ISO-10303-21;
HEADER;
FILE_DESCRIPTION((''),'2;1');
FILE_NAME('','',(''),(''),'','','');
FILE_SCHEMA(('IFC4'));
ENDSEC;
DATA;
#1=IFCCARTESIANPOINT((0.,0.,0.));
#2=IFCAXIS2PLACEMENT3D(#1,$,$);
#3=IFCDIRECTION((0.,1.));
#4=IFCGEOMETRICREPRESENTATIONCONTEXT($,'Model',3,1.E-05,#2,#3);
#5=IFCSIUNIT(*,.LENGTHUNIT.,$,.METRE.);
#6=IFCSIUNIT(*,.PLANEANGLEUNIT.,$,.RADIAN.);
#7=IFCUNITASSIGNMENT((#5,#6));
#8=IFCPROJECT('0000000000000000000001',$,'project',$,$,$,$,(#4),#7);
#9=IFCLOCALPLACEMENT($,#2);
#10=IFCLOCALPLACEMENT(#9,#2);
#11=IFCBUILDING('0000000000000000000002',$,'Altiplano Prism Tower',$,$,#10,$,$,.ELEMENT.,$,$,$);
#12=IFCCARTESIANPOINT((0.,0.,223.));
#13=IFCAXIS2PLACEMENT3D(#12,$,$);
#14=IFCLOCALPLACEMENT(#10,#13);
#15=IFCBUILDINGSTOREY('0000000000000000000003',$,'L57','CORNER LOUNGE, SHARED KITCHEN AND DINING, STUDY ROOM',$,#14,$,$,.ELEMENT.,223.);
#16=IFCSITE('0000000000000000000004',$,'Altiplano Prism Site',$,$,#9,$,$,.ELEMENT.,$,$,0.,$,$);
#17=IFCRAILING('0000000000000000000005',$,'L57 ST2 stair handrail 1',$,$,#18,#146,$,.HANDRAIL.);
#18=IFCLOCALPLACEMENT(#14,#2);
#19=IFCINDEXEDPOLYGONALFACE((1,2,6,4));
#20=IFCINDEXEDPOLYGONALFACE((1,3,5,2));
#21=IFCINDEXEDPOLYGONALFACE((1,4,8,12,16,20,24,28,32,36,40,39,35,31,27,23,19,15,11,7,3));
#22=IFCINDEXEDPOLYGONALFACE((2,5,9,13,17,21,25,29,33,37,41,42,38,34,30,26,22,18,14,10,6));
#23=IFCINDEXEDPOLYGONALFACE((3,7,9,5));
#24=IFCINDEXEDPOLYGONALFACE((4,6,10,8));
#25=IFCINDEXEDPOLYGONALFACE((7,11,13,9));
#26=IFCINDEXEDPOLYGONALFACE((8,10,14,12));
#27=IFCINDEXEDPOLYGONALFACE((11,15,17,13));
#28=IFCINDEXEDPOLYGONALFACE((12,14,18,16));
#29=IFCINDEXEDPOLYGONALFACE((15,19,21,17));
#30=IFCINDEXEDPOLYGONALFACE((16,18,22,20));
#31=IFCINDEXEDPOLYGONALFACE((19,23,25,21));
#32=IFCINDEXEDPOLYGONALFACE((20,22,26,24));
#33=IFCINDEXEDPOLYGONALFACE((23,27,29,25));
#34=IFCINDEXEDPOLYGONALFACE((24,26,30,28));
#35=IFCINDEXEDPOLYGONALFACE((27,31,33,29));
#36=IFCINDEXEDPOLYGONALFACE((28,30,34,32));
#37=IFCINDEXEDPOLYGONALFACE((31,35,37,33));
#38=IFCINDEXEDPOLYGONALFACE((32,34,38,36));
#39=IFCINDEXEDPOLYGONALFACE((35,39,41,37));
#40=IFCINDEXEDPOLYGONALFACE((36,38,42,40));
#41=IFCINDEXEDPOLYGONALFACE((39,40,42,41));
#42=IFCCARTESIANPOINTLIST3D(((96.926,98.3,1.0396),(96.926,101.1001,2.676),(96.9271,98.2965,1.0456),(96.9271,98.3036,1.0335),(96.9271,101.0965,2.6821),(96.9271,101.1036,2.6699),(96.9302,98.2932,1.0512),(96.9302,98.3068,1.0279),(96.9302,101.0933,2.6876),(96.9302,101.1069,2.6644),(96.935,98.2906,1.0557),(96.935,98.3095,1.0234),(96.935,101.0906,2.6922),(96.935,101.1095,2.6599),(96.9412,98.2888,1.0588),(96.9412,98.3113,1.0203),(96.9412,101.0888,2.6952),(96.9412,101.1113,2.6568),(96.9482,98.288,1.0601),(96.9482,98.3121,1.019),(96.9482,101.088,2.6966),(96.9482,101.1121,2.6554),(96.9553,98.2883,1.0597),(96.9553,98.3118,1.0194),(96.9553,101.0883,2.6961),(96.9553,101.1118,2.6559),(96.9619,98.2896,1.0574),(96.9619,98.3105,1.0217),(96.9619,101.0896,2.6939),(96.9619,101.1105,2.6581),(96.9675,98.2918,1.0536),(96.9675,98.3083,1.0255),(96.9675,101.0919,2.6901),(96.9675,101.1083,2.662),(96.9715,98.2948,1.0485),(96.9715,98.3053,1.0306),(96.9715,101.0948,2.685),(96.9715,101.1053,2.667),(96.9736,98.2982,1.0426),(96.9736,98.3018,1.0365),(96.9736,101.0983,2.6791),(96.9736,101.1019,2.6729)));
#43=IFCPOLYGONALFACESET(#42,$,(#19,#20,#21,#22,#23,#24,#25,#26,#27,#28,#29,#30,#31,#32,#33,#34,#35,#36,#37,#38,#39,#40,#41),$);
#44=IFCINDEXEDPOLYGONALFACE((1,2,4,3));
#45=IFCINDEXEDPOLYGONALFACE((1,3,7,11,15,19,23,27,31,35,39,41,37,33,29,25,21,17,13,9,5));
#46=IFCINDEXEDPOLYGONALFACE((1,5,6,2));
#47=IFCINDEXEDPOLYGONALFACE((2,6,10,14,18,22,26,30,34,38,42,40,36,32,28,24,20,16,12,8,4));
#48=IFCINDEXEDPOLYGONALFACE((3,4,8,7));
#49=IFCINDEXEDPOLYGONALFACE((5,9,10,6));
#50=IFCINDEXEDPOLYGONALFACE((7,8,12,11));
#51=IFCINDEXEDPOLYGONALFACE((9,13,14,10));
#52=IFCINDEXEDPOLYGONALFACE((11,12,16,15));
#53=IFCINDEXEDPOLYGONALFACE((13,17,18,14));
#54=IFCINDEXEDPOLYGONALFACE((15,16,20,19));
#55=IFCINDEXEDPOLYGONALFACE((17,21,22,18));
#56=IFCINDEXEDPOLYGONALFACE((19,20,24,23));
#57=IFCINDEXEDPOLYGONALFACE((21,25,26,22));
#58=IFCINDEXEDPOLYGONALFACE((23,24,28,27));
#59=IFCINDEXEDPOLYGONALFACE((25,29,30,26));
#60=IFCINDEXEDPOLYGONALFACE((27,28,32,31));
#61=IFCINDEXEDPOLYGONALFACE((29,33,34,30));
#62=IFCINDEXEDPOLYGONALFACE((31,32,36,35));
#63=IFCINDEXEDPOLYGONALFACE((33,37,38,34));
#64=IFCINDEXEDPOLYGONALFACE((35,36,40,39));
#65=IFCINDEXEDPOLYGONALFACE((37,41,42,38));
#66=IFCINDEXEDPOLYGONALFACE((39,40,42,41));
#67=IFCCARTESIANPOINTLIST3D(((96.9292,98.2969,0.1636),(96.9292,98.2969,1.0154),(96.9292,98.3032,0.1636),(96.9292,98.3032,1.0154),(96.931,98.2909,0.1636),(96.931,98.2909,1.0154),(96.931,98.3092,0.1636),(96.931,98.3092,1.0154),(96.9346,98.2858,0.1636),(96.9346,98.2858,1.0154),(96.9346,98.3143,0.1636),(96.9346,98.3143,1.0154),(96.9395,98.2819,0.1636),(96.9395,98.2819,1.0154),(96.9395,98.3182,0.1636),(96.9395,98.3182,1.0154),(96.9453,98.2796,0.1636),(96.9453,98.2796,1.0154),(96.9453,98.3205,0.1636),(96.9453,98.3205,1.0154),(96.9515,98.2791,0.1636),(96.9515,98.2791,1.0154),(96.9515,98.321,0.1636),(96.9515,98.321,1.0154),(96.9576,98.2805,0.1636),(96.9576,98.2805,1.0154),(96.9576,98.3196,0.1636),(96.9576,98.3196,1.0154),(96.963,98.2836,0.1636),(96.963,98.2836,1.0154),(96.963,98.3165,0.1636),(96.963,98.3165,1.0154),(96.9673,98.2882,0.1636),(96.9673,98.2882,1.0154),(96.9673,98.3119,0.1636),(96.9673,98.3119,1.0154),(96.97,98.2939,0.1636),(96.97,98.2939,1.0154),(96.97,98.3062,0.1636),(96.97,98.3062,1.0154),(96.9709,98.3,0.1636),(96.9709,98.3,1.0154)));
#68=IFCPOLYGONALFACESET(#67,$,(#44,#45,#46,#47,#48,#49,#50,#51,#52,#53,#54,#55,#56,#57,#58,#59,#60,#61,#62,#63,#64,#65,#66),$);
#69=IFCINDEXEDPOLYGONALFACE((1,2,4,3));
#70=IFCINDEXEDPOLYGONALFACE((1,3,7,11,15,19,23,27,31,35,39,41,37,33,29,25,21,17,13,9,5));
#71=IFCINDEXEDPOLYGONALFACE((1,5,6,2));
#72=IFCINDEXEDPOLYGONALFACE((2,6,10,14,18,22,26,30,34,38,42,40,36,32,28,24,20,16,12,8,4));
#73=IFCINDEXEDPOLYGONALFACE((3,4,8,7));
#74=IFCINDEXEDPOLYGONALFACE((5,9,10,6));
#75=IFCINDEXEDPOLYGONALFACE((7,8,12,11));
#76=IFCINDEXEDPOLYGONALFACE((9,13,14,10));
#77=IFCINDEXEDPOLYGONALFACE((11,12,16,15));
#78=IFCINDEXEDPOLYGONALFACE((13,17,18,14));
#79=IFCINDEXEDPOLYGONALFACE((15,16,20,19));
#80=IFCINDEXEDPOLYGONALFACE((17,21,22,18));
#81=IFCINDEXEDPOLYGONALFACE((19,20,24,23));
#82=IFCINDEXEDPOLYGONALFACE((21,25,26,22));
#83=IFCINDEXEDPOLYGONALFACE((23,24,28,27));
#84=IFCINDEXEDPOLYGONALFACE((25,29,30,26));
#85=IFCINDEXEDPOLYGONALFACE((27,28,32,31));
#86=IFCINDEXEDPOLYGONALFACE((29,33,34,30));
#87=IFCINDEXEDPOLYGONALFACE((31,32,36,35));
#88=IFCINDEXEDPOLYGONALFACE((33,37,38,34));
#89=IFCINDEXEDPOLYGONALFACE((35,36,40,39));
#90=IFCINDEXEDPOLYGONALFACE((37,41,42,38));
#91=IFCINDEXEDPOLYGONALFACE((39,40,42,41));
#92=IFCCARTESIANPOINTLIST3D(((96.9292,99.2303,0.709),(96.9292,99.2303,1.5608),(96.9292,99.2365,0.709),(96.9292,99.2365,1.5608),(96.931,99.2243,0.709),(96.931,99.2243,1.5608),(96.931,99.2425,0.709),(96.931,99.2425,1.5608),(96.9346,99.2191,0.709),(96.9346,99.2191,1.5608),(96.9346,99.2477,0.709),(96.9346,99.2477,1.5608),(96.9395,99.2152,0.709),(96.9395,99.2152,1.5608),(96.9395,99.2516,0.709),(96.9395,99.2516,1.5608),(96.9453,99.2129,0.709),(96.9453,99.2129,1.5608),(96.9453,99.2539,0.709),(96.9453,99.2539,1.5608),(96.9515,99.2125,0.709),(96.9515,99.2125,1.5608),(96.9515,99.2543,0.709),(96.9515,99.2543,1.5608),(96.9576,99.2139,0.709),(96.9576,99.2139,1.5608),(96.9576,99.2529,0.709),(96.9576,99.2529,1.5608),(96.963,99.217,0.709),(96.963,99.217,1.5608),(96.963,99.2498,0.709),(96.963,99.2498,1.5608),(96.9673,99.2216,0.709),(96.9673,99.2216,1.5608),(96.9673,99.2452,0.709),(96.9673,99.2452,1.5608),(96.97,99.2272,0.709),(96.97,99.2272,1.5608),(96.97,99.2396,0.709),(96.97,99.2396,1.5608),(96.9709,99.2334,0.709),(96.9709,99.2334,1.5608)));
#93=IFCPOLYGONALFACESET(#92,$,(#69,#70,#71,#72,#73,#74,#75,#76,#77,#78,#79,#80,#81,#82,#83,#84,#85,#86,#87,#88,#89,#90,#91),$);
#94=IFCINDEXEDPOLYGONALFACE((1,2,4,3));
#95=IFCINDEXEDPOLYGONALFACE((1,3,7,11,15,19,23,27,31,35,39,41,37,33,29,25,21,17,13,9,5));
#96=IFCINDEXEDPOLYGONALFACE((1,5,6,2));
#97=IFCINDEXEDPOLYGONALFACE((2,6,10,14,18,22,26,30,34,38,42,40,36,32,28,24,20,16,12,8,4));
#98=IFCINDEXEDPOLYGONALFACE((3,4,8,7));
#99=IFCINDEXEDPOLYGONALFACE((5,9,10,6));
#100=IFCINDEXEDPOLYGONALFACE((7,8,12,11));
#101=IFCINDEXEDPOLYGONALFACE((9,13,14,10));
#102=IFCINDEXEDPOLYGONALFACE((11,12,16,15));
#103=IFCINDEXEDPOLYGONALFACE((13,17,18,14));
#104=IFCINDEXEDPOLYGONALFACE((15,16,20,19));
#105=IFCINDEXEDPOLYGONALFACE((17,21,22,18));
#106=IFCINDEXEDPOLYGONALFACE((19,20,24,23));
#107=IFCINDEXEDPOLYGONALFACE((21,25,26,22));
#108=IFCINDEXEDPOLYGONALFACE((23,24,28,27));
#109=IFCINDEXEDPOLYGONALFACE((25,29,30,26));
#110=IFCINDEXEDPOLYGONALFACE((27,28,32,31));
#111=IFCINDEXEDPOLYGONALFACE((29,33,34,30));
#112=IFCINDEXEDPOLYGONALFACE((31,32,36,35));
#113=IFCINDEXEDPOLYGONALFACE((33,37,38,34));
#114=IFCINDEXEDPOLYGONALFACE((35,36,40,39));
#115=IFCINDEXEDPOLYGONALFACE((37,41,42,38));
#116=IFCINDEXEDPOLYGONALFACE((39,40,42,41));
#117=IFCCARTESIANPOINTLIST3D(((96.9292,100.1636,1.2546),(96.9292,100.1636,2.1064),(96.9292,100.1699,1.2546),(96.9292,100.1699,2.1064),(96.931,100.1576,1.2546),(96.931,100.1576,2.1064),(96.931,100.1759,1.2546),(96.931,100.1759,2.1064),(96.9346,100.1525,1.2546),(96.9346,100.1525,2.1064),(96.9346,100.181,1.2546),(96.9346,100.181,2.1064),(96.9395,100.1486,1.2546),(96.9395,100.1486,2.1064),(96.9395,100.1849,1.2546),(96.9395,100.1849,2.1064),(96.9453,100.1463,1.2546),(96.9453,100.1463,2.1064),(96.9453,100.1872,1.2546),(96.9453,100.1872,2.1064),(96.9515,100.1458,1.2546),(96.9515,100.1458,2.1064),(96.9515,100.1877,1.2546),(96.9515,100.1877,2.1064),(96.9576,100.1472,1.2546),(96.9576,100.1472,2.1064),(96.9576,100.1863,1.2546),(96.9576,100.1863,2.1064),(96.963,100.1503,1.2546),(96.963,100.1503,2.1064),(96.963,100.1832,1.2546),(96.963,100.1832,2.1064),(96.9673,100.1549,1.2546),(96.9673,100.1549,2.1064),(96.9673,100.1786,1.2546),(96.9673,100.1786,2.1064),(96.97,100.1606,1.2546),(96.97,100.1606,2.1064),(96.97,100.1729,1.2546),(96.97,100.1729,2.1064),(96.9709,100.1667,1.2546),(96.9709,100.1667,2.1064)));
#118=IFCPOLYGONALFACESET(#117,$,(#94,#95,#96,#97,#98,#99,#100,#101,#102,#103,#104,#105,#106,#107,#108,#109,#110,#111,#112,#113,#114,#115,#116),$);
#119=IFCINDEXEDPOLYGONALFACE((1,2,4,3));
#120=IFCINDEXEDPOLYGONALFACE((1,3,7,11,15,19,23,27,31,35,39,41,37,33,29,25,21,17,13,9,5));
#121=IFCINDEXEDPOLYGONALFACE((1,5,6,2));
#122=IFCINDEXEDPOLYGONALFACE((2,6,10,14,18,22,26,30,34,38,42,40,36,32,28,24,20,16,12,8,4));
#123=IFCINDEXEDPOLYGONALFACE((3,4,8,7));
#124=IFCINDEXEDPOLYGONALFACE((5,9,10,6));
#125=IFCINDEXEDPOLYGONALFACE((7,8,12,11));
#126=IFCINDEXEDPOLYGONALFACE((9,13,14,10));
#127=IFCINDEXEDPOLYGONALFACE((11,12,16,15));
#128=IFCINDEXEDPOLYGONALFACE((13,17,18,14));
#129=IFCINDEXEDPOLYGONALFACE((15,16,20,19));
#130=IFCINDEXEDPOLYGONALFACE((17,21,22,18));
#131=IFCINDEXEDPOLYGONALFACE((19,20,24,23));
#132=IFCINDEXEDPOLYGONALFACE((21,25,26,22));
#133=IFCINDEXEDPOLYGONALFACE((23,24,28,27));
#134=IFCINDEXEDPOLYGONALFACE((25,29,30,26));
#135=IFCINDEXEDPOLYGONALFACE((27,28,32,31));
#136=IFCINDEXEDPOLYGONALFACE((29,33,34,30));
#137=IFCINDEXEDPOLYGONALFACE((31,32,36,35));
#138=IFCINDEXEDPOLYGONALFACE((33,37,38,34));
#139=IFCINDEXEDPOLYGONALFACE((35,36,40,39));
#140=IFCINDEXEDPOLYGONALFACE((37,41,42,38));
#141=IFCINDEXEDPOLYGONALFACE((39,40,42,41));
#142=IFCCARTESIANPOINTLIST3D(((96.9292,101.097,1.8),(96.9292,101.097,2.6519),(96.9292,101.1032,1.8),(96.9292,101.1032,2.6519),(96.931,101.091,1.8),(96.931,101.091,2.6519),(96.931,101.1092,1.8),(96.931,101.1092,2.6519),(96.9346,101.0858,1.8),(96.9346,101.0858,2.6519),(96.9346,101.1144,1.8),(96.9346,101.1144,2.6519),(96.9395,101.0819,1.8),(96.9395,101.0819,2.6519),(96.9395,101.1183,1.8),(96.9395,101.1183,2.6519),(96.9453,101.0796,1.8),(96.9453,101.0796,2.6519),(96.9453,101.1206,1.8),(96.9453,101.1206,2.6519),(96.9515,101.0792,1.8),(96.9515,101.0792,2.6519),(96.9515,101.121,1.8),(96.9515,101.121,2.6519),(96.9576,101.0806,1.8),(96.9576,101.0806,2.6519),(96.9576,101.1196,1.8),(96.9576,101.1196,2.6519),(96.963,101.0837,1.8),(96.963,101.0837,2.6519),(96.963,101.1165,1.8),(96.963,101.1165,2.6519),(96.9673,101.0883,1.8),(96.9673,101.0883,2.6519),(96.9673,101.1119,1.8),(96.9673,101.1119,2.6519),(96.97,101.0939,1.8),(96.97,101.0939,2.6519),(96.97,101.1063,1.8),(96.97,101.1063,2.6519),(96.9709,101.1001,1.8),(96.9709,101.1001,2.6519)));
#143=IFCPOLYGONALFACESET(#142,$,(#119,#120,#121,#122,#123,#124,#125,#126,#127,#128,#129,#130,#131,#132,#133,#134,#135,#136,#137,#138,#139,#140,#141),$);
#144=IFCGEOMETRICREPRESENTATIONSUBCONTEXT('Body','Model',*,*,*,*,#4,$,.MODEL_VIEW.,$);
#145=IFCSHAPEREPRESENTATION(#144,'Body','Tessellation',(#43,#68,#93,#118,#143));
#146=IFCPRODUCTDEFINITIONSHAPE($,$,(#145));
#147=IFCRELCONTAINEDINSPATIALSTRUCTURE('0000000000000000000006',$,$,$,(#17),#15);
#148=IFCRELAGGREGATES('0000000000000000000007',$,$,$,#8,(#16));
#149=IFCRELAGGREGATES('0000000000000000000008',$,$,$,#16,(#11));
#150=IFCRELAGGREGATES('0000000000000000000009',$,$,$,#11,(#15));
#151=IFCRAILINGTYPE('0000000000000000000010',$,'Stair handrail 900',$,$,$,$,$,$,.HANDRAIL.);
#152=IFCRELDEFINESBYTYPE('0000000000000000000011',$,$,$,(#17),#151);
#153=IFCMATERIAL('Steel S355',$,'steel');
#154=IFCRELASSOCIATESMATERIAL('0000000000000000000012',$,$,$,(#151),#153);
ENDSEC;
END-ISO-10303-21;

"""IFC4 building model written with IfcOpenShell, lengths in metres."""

from ifc_helpers import new_model, si_unit, direction, frame, origin, origin_2d, place, context, subcontext, project, spatial, circle, extrude, material, type_object, element, save


model = new_model("IFC4")

# Units and contexts
model_context = context("Model", 3, precision=1e-05, world=origin(), true_north=direction((0.0, 1.0)))
body_context = subcontext(model_context, "Body", "Model", "MODEL_VIEW")
ifc_project = project(units=[si_unit("LENGTHUNIT", "METRE"), si_unit("PLANEANGLEUNIT", "RADIAN")], contexts=[model_context])

# Site, building, storey
site_placement = place(None, origin())
site = spatial("IfcSite", under=ifc_project, at=site_placement, Name="Altiplano Prism Site", CompositionType="ELEMENT", RefElevation=0.0)
building_placement = place(site_placement, origin())
building = spatial("IfcBuilding", under=site, at=building_placement, Name="Altiplano Prism Tower", CompositionType="ELEMENT")
storey_placement = place(building_placement, frame((0.0, 0.0, 223.0)))
storey = spatial("IfcBuildingStorey", under=building, at=storey_placement, Name="L57", Description="CORNER LOUNGE, SHARED KITCHEN AND DINING, STUDY ROOM", CompositionType="ELEMENT", Elevation=223.0)

# Railing
ifc_material_1 = material(Name="Steel S355", Category="steel")
railing_type_1 = type_object("IfcRailingType", Name="Stair handrail 900", PredefinedType="HANDRAIL", material=ifc_material_1)
railing_1_placement = place(storey_placement, frame((96.95, 98.3, 0.1636)))
element("IfcRailing", 1, at=railing_1_placement, inside=storey, type_object=railing_type_1, Name="L57 ST2 stair handrail 1", PredefinedType="HANDRAIL", context=body_context, shape_type="SweptSolid", body=[
    extrude(circle(Radius=0.0239, at=origin_2d()), frame((0.0, 0.0, 0.876), z_axis=(0.0, 0.863361, 0.504587), x_axis=(-1.0, 0.0, 0.0)), (0.0, 0.0, 1.0), 3.2432),
    extrude(circle(Radius=0.021, at=origin_2d()), origin(), (0.0, 0.0, 1.0), 0.8518),
    extrude(circle(Radius=0.021, at=origin_2d()), frame((0.0, 0.9333, 0.5454)), (0.0, 0.0, 1.0), 0.8518),
    extrude(circle(Radius=0.021, at=origin_2d()), frame((0.0, 1.8667, 1.0911)), (0.0, 0.0, 1.0), 0.8518),
    extrude(circle(Radius=0.021, at=origin_2d()), frame((0.0, 2.8, 1.6365)), (0.0, 0.0, 1.0), 0.8518),
])

save(model, "model.ifc")
